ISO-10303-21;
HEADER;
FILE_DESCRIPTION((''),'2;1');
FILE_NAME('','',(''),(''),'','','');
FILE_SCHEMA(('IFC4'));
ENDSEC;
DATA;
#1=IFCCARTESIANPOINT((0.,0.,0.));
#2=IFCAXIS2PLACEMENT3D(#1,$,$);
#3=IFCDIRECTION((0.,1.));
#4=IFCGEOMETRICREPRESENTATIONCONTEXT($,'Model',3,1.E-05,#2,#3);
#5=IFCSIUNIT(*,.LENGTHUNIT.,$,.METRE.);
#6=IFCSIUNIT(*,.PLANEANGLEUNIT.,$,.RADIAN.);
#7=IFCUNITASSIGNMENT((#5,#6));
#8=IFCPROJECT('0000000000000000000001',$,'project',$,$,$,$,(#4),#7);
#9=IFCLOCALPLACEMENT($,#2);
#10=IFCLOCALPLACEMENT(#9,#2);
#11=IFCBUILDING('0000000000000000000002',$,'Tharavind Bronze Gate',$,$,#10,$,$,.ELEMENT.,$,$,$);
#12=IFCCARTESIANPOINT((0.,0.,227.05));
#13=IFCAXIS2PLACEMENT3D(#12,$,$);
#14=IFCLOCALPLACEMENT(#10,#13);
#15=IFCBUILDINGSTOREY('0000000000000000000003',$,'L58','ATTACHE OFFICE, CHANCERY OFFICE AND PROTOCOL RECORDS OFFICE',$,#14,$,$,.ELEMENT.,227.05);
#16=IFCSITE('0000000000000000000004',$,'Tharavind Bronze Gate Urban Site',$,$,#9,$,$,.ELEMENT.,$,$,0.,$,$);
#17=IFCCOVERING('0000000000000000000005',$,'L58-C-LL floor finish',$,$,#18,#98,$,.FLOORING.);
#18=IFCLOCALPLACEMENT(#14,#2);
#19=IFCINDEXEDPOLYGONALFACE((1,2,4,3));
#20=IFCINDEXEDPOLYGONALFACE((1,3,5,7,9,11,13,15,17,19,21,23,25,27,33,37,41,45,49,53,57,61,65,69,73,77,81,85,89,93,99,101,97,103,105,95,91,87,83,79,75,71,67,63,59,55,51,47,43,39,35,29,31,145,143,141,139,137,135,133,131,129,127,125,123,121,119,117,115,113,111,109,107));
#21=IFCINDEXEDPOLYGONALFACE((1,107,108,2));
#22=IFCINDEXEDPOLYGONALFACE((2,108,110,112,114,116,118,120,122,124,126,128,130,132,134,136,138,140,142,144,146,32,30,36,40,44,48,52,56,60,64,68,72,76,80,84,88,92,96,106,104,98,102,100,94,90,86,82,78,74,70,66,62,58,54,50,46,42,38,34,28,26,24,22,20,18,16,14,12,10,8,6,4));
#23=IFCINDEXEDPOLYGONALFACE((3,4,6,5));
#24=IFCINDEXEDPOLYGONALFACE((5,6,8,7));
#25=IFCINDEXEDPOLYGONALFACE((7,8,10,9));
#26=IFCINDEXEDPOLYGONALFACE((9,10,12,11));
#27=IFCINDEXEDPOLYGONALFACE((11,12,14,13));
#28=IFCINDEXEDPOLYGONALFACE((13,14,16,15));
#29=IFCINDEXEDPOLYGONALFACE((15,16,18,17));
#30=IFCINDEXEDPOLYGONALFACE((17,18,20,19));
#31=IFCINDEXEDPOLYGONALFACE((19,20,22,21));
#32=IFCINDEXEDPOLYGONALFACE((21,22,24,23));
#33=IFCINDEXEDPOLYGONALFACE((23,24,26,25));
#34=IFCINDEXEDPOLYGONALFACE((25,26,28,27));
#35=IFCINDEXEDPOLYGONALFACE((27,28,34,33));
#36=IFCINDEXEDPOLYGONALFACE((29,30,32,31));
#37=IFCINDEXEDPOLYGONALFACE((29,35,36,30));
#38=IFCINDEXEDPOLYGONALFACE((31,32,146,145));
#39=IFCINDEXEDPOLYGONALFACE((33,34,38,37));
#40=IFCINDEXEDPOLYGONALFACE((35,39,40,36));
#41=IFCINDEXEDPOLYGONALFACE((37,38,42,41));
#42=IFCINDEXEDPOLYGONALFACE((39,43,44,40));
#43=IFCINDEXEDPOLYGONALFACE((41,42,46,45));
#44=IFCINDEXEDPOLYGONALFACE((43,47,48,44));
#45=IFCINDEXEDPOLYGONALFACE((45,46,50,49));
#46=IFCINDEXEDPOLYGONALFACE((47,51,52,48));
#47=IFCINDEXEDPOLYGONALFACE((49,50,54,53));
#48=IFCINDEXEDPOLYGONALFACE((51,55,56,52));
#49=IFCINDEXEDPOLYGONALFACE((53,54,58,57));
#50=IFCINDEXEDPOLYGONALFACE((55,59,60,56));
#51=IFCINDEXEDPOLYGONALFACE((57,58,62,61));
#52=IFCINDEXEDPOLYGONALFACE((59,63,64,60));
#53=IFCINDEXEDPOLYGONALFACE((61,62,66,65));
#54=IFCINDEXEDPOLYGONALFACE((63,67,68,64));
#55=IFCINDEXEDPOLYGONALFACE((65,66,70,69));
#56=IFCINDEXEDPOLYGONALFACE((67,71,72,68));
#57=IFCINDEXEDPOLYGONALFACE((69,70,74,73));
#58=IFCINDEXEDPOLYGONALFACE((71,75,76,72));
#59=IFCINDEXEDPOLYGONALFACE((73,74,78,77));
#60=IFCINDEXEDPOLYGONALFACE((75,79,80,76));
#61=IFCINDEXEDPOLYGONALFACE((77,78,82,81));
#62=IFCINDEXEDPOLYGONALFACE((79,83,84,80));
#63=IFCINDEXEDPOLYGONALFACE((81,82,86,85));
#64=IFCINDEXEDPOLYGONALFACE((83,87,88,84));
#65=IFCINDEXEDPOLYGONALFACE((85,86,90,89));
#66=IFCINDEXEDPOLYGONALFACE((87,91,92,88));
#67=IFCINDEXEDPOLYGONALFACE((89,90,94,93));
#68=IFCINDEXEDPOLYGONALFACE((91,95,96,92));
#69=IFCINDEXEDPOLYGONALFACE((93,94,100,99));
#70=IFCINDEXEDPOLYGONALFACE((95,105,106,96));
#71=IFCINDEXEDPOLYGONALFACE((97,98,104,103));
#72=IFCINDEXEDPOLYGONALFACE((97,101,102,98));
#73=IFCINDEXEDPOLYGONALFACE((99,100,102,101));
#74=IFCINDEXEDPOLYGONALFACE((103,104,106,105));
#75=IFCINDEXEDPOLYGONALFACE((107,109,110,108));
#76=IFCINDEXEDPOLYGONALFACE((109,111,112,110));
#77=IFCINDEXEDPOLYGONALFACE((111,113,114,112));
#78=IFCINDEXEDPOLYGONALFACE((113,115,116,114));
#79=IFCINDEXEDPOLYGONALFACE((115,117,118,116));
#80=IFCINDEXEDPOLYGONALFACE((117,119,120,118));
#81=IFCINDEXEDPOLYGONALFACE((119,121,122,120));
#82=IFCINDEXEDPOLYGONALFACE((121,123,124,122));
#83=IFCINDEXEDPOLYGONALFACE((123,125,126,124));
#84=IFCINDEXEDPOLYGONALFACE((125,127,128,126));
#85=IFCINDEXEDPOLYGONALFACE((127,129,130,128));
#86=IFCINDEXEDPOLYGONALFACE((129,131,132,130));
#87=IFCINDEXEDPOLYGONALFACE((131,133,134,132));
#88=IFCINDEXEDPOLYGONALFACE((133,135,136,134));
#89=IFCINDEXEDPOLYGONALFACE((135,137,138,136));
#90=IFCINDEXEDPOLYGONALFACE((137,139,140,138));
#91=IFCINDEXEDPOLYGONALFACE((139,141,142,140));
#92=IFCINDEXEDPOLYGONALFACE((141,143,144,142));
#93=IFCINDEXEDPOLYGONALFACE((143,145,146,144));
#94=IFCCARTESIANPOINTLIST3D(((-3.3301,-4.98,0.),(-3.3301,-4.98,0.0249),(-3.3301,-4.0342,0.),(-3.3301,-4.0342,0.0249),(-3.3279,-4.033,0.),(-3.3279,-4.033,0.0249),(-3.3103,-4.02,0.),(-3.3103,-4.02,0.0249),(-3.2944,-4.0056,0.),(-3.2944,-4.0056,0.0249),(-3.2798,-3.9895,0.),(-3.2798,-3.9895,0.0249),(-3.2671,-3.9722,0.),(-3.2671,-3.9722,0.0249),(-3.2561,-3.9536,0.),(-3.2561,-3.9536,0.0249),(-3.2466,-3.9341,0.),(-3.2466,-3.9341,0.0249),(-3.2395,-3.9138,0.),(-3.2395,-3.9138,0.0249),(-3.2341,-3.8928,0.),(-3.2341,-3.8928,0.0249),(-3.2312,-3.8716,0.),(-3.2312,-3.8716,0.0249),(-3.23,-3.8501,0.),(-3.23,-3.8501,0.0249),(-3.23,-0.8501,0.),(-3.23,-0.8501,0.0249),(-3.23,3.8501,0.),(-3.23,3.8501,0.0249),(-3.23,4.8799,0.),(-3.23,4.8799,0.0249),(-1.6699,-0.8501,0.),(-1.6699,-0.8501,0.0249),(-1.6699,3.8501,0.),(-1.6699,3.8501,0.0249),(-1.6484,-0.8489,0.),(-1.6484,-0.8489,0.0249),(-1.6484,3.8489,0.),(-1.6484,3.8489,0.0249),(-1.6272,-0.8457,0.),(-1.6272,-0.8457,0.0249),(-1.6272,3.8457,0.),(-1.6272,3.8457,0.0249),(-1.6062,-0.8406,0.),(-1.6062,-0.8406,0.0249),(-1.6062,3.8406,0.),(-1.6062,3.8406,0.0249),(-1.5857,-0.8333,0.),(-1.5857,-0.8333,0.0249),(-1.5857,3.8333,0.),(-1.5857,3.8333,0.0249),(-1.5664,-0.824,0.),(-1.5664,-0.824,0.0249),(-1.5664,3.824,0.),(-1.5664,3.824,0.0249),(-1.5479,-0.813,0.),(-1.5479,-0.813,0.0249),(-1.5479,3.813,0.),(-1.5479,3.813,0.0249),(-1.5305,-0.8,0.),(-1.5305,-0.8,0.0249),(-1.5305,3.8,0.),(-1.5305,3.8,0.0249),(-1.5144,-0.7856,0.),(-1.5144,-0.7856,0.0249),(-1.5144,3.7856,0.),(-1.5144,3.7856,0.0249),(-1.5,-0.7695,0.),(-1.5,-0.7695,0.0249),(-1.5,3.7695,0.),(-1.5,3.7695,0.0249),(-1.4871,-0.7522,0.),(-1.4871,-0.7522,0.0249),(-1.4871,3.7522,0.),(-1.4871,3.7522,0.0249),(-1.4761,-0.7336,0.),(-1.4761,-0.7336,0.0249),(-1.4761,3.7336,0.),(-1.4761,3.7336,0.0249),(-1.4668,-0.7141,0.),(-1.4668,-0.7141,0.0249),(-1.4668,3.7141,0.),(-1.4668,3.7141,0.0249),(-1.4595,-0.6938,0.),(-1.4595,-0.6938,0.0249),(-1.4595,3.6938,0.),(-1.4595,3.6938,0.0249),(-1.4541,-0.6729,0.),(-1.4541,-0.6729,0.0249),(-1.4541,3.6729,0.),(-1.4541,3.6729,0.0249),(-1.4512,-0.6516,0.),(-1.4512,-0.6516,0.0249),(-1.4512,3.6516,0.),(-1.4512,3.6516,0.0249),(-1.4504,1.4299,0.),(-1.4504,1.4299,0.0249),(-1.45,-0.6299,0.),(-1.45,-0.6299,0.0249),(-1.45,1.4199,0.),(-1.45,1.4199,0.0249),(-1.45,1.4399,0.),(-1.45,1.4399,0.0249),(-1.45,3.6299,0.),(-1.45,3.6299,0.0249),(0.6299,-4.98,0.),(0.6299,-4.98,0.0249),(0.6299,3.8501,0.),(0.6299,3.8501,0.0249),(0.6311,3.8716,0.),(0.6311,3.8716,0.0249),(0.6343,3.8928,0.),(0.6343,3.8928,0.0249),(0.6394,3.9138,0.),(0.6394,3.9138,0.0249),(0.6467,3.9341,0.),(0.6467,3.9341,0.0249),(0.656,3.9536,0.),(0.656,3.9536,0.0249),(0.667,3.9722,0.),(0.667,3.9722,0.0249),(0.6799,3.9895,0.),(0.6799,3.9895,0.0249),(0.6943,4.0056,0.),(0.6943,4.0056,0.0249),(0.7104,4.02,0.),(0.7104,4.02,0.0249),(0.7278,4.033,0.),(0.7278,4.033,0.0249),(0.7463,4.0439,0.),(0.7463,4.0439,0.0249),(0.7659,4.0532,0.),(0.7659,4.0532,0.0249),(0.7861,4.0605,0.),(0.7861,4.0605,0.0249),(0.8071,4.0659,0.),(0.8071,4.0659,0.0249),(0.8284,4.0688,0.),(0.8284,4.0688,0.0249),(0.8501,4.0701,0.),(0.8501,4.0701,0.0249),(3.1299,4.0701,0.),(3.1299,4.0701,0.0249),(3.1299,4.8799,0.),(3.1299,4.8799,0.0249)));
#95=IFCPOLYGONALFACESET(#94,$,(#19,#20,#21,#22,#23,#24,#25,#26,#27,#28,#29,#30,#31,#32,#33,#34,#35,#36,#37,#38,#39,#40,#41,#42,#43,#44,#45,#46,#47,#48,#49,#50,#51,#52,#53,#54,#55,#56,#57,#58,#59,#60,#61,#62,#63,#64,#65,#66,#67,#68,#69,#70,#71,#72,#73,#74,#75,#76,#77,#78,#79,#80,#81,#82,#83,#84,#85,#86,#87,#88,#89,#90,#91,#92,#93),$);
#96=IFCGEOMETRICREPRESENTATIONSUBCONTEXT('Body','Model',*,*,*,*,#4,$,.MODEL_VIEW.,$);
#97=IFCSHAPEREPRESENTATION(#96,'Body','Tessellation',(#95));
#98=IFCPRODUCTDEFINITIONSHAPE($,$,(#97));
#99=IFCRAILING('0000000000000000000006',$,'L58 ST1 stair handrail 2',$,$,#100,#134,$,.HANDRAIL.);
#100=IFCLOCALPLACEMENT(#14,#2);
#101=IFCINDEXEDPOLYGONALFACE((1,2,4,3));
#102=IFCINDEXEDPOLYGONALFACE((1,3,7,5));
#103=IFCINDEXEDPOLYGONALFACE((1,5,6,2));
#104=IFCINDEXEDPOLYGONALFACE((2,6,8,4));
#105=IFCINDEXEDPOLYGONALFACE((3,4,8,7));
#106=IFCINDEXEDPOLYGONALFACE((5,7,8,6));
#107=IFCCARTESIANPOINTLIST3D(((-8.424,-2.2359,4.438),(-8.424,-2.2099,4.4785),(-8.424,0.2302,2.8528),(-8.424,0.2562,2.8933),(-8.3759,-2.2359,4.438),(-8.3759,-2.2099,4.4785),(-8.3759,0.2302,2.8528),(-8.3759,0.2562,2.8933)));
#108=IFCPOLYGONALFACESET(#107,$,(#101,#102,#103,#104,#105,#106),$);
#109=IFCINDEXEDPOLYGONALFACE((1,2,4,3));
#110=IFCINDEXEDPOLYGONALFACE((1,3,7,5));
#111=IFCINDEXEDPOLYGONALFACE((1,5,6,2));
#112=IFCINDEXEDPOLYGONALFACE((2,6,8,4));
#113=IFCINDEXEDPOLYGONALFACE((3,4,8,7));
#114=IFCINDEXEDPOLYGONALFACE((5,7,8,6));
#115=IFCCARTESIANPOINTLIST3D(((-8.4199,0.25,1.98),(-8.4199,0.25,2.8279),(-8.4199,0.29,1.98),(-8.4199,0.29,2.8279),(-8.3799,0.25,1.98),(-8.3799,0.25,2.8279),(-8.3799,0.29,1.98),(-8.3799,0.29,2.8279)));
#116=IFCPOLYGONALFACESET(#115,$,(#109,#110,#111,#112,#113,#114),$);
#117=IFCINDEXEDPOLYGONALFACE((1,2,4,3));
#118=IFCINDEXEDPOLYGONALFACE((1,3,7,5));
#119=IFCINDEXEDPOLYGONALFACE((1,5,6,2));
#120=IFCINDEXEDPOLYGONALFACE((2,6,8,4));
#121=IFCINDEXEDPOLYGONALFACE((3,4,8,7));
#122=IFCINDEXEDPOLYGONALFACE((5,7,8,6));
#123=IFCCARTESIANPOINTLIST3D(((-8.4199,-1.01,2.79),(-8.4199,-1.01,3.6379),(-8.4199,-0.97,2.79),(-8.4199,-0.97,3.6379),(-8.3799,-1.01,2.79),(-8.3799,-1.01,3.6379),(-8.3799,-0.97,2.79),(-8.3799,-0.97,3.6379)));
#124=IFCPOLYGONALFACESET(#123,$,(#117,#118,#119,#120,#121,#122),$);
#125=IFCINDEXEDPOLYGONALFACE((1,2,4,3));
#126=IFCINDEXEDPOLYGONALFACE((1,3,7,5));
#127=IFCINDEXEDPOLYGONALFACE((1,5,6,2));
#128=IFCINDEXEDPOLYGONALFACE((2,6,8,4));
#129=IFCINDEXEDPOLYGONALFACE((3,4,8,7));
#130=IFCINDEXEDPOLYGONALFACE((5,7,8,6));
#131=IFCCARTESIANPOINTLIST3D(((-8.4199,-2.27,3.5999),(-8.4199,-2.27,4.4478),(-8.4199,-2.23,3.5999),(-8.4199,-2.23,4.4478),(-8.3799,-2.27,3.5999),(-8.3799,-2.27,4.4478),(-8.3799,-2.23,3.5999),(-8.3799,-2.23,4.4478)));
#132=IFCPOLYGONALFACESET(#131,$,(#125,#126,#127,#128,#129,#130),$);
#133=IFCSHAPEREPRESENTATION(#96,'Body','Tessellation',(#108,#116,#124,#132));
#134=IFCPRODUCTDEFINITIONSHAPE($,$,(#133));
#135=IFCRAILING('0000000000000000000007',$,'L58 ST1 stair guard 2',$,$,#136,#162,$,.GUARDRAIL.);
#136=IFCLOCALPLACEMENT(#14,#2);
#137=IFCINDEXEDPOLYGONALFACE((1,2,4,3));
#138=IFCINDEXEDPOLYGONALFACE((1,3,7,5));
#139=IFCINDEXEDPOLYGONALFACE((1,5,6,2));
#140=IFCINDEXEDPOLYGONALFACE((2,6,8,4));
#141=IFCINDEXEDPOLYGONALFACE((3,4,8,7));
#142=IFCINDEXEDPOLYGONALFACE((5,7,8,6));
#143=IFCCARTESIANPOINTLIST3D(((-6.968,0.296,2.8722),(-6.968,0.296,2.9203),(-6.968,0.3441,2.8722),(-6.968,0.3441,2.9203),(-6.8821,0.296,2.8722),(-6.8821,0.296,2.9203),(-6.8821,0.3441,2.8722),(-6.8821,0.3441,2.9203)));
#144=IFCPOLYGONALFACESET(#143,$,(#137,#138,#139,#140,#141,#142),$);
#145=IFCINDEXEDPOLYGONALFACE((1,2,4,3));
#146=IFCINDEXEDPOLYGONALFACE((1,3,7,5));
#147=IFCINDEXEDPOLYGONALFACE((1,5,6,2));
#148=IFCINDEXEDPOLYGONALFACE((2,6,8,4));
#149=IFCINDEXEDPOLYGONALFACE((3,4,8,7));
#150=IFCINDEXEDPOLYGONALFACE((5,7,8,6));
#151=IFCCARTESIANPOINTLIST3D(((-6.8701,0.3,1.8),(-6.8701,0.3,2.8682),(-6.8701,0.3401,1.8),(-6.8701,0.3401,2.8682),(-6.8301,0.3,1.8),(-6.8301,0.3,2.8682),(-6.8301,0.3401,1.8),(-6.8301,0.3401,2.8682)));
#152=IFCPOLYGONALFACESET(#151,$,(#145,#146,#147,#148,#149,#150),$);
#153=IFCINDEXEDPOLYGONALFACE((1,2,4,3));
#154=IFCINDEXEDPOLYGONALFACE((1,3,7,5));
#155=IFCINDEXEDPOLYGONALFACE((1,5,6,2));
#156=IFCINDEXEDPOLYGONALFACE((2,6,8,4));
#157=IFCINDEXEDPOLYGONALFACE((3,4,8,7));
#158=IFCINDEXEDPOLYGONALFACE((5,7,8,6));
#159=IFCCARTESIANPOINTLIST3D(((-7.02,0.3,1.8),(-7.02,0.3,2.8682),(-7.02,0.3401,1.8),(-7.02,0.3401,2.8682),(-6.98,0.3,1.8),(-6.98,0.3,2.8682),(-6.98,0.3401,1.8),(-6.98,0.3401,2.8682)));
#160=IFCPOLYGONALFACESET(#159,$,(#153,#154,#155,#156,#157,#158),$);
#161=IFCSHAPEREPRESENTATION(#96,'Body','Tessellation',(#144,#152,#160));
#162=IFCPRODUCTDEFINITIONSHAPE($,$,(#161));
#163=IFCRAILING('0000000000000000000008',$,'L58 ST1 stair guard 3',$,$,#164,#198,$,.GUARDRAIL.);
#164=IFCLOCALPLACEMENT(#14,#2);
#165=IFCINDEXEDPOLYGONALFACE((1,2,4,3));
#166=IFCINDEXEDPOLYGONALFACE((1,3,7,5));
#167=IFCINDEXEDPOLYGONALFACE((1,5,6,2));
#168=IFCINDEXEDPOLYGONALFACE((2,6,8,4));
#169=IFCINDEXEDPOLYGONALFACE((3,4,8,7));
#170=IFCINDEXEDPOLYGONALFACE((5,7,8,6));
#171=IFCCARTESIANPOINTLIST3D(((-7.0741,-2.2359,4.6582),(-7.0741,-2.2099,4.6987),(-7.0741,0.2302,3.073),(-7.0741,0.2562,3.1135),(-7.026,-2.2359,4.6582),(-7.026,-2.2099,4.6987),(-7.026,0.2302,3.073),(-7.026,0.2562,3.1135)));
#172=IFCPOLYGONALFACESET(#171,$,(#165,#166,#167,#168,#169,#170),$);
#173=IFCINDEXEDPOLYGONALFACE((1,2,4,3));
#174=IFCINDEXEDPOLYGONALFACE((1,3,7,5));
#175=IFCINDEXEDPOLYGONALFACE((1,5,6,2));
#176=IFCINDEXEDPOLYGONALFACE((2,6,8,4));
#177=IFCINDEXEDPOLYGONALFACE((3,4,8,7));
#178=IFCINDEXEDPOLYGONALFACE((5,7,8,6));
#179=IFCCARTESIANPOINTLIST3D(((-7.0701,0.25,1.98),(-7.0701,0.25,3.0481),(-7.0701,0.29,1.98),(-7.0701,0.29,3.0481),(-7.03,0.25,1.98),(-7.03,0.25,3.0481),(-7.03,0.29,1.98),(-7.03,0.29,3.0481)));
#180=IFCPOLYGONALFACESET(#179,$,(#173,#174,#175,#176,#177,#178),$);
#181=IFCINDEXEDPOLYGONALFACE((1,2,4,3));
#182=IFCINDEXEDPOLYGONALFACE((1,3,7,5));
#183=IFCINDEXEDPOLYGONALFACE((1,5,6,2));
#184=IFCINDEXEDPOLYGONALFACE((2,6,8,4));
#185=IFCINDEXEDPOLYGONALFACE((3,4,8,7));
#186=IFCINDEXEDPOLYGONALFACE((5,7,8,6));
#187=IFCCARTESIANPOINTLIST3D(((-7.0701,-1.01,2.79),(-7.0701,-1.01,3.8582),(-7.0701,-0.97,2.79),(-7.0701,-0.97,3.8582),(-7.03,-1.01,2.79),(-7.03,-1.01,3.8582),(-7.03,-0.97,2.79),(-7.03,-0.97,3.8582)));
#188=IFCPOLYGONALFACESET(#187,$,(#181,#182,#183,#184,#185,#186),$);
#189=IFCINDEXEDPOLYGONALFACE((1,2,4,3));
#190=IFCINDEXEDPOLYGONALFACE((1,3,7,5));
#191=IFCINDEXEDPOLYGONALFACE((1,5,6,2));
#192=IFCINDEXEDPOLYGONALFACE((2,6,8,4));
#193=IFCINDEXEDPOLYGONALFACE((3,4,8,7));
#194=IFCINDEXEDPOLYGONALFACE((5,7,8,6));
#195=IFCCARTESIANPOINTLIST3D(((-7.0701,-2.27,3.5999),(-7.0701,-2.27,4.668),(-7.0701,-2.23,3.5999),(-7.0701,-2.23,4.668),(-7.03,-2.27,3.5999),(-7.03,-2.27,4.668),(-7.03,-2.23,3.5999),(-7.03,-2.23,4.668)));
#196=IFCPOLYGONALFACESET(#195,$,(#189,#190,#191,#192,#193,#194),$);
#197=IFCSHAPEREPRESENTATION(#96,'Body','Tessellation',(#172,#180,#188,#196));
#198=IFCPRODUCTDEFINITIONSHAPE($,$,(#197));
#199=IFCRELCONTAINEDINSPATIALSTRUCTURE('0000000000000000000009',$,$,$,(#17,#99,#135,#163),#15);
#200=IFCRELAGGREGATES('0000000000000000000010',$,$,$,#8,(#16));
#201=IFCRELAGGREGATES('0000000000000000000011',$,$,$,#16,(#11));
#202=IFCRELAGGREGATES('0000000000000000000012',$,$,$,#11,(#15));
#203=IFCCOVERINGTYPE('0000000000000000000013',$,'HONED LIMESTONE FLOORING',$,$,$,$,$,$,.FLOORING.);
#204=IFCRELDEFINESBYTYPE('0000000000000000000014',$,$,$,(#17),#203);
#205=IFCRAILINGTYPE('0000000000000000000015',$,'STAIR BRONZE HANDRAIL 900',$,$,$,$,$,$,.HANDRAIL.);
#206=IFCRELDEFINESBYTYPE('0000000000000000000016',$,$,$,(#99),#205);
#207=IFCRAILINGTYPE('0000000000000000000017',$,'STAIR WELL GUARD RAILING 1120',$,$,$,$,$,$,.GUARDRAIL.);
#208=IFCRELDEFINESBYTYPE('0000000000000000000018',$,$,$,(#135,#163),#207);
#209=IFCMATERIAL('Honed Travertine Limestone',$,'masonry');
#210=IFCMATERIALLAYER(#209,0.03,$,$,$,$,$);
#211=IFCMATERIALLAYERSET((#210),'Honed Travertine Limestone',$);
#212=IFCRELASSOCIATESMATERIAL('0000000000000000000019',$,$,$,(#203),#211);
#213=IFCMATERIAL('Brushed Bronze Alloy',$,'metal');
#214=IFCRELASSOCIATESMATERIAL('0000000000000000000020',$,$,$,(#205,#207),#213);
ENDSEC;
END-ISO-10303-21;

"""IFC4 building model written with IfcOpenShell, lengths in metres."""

from ifc_helpers import new_model, si_unit, direction, frame, origin, origin_2d, place, context, subcontext, project, spatial, polyline, rectangle, outline, extrude, material, layer, layer_set, type_object, element, save


model = new_model("IFC4")

# Units and contexts
model_context = context("Model", 3, precision=1e-05, world=origin(), true_north=direction((0.0, 1.0)))
body_context = subcontext(model_context, "Body", "Model", "MODEL_VIEW")
ifc_project = project(units=[si_unit("LENGTHUNIT", "METRE"), si_unit("PLANEANGLEUNIT", "RADIAN")], contexts=[model_context])

# Site, building, storey
site_placement = place(None, origin())
site = spatial("IfcSite", under=ifc_project, at=site_placement, Name="Tharavind Bronze Gate Urban Site", CompositionType="ELEMENT", RefElevation=0.0)
building_placement = place(site_placement, origin())
building = spatial("IfcBuilding", under=site, at=building_placement, Name="Tharavind Bronze Gate", CompositionType="ELEMENT")
storey_placement = place(building_placement, frame((0.0, 0.0, 227.05)))
storey = spatial("IfcBuildingStorey", under=building, at=storey_placement, Name="L58", Description="ATTACHE OFFICE, CHANCERY OFFICE AND PROTOCOL RECORDS OFFICE", CompositionType="ELEMENT", Elevation=227.05)

# Covering
ifc_material_1 = material(Name="Honed Travertine Limestone", Category="masonry")
ifc_layer_1 = layer(ifc_material_1, 0.03)
ifc_layer_set_1 = layer_set([ifc_layer_1], Name="Honed Travertine Limestone")
covering_type_1 = type_object("IfcCoveringType", Name="HONED LIMESTONE FLOORING", PredefinedType="FLOORING", material=ifc_layer_set_1)
covering_1_placement = place(storey_placement, origin())
element("IfcCovering", 1, at=covering_1_placement, inside=storey, type_object=covering_type_1, Name="L58-C-LL floor finish", PredefinedType="FLOORING", context=body_context, shape_type="SweptSolid", body=[
    extrude(outline(polyline([(-3.3301, -4.98), (0.6299, -4.98), (0.6299, 3.8501), (0.6311, 3.8716), (0.6343, 3.8928), (0.6394, 3.9138), (0.6467, 3.9341), (0.656, 3.9536), (0.667, 3.9722), (0.6799, 3.9895), (0.6943, 4.0056), (0.7104, 4.02), (0.7278, 4.033), (0.7463, 4.0439), (0.7659, 4.0532), (0.7861, 4.0605), (0.8071, 4.0659), (0.8284, 4.0688), (0.8501, 4.0701), (3.1299, 4.0701), (3.1299, 4.8799), (-3.23, 4.8799), (-3.23, 3.8501), (-1.6699, 3.8501), (-1.6484, 3.8489), (-1.6272, 3.8457), (-1.6062, 3.8406), (-1.5857, 3.8333), (-1.5664, 3.824), (-1.5479, 3.813), (-1.5305, 3.8), (-1.5144, 3.7856), (-1.5, 3.7695), (-1.4871, 3.7522), (-1.4761, 3.7336), (-1.4668, 3.7141), (-1.4595, 3.6938), (-1.4541, 3.6729), (-1.4512, 3.6516), (-1.45, 3.6299), (-1.45, 1.4399), (-1.4504, 1.4299), (-1.45, 1.4199), (-1.45, -0.6299), (-1.4512, -0.6516), (-1.4541, -0.6729), (-1.4595, -0.6938), (-1.4668, -0.7141), (-1.4761, -0.7336), (-1.4871, -0.7522), (-1.5, -0.7695), (-1.5144, -0.7856), (-1.5305, -0.8), (-1.5479, -0.813), (-1.5664, -0.824), (-1.5857, -0.8333), (-1.6062, -0.8406), (-1.6272, -0.8457), (-1.6484, -0.8489), (-1.6699, -0.8501), (-3.23, -0.8501), (-3.23, -3.8501), (-3.2312, -3.8716), (-3.2341, -3.8928), (-3.2395, -3.9138), (-3.2466, -3.9341), (-3.2561, -3.9536), (-3.2671, -3.9722), (-3.2798, -3.9895), (-3.2944, -4.0056), (-3.3103, -4.02), (-3.3279, -4.033), (-3.3301, -4.0342), (-3.3301, -4.98)])), origin(), (0.0, 0.0, 1.0), 0.0249),
])

# Railings
ifc_material_2 = material(Name="Brushed Bronze Alloy", Category="metal")
railing_type_1 = type_object("IfcRailingType", Name="STAIR BRONZE HANDRAIL 900", PredefinedType="HANDRAIL", material=ifc_material_2)
railing_1_placement = place(storey_placement, frame((-8.3999, 0.27, 1.98)))
element("IfcRailing", 2, at=railing_1_placement, inside=storey, type_object=railing_type_1, Name="L58 ST1 stair handrail 2", PredefinedType="HANDRAIL", context=body_context, shape_type="SweptSolid", body=[
    extrude(rectangle(XDim=0.0481, YDim=0.0481, at=origin_2d()), frame((0.0, -0.0269, 0.8931), z_axis=(0.0, -0.8412, 0.540725), x_axis=(1.0, 0.0, 0.0)), (0.0, 0.0, 1.0), 2.9316),
    extrude(rectangle(XDim=0.04, YDim=0.04, at=origin_2d()), origin(), (0.0, 0.0, 1.0), 0.8479),
    extrude(rectangle(XDim=0.04, YDim=0.04, at=origin_2d()), frame((0.0, -1.26, 0.8101)), (0.0, 0.0, 1.0), 0.8479),
    extrude(rectangle(XDim=0.04, YDim=0.04, at=origin_2d()), frame((0.0, -2.52, 1.6199)), (0.0, 0.0, 1.0), 0.8479),
])
railing_type_2 = type_object("IfcRailingType", Name="STAIR WELL GUARD RAILING 1120", PredefinedType="GUARDRAIL", material=ifc_material_2)
railing_2_placement = place(storey_placement, frame((-6.8501, 0.3201, 1.8)))
element("IfcRailing", 3, at=railing_2_placement, inside=storey, type_object=railing_type_2, Name="L58 ST1 stair guard 2", PredefinedType="GUARDRAIL", context=body_context, shape_type="SweptSolid", body=[
    extrude(rectangle(XDim=0.0481, YDim=0.0481, at=origin_2d()), frame((-0.032, 0.0, 1.0962), z_axis=(-1.0, 0.0, 0.0), x_axis=(0.0, -1.0, 0.0)), (0.0, 0.0, 1.0), 0.0859),
    extrude(rectangle(XDim=0.04, YDim=0.04, at=origin_2d()), origin(), (0.0, 0.0, 1.0), 1.0681),
    extrude(rectangle(XDim=0.04, YDim=0.04, at=origin_2d()), frame((-0.1499, 0.0, 0.0)), (0.0, 0.0, 1.0), 1.0681),
])
railing_3_placement = place(storey_placement, frame((-7.05, 0.27, 1.98)))
element("IfcRailing", 4, at=railing_3_placement, inside=storey, type_object=railing_type_2, Name="L58 ST1 stair guard 3", PredefinedType="GUARDRAIL", context=body_context, shape_type="SweptSolid", body=[
    extrude(rectangle(XDim=0.0481, YDim=0.0481, at=origin_2d()), frame((0.0, -0.0269, 1.1133), z_axis=(0.0, -0.8412, 0.540725), x_axis=(1.0, 0.0, 0.0)), (0.0, 0.0, 1.0), 2.9316),
    extrude(rectangle(XDim=0.04, YDim=0.04, at=origin_2d()), origin(), (0.0, 0.0, 1.0), 1.0681),
    extrude(rectangle(XDim=0.04, YDim=0.04, at=origin_2d()), frame((0.0, -1.26, 0.8101)), (0.0, 0.0, 1.0), 1.0681),
    extrude(rectangle(XDim=0.04, YDim=0.04, at=origin_2d()), frame((0.0, -2.52, 1.6199)), (0.0, 0.0, 1.0), 1.0681),
])

save(model, "model.ifc")
